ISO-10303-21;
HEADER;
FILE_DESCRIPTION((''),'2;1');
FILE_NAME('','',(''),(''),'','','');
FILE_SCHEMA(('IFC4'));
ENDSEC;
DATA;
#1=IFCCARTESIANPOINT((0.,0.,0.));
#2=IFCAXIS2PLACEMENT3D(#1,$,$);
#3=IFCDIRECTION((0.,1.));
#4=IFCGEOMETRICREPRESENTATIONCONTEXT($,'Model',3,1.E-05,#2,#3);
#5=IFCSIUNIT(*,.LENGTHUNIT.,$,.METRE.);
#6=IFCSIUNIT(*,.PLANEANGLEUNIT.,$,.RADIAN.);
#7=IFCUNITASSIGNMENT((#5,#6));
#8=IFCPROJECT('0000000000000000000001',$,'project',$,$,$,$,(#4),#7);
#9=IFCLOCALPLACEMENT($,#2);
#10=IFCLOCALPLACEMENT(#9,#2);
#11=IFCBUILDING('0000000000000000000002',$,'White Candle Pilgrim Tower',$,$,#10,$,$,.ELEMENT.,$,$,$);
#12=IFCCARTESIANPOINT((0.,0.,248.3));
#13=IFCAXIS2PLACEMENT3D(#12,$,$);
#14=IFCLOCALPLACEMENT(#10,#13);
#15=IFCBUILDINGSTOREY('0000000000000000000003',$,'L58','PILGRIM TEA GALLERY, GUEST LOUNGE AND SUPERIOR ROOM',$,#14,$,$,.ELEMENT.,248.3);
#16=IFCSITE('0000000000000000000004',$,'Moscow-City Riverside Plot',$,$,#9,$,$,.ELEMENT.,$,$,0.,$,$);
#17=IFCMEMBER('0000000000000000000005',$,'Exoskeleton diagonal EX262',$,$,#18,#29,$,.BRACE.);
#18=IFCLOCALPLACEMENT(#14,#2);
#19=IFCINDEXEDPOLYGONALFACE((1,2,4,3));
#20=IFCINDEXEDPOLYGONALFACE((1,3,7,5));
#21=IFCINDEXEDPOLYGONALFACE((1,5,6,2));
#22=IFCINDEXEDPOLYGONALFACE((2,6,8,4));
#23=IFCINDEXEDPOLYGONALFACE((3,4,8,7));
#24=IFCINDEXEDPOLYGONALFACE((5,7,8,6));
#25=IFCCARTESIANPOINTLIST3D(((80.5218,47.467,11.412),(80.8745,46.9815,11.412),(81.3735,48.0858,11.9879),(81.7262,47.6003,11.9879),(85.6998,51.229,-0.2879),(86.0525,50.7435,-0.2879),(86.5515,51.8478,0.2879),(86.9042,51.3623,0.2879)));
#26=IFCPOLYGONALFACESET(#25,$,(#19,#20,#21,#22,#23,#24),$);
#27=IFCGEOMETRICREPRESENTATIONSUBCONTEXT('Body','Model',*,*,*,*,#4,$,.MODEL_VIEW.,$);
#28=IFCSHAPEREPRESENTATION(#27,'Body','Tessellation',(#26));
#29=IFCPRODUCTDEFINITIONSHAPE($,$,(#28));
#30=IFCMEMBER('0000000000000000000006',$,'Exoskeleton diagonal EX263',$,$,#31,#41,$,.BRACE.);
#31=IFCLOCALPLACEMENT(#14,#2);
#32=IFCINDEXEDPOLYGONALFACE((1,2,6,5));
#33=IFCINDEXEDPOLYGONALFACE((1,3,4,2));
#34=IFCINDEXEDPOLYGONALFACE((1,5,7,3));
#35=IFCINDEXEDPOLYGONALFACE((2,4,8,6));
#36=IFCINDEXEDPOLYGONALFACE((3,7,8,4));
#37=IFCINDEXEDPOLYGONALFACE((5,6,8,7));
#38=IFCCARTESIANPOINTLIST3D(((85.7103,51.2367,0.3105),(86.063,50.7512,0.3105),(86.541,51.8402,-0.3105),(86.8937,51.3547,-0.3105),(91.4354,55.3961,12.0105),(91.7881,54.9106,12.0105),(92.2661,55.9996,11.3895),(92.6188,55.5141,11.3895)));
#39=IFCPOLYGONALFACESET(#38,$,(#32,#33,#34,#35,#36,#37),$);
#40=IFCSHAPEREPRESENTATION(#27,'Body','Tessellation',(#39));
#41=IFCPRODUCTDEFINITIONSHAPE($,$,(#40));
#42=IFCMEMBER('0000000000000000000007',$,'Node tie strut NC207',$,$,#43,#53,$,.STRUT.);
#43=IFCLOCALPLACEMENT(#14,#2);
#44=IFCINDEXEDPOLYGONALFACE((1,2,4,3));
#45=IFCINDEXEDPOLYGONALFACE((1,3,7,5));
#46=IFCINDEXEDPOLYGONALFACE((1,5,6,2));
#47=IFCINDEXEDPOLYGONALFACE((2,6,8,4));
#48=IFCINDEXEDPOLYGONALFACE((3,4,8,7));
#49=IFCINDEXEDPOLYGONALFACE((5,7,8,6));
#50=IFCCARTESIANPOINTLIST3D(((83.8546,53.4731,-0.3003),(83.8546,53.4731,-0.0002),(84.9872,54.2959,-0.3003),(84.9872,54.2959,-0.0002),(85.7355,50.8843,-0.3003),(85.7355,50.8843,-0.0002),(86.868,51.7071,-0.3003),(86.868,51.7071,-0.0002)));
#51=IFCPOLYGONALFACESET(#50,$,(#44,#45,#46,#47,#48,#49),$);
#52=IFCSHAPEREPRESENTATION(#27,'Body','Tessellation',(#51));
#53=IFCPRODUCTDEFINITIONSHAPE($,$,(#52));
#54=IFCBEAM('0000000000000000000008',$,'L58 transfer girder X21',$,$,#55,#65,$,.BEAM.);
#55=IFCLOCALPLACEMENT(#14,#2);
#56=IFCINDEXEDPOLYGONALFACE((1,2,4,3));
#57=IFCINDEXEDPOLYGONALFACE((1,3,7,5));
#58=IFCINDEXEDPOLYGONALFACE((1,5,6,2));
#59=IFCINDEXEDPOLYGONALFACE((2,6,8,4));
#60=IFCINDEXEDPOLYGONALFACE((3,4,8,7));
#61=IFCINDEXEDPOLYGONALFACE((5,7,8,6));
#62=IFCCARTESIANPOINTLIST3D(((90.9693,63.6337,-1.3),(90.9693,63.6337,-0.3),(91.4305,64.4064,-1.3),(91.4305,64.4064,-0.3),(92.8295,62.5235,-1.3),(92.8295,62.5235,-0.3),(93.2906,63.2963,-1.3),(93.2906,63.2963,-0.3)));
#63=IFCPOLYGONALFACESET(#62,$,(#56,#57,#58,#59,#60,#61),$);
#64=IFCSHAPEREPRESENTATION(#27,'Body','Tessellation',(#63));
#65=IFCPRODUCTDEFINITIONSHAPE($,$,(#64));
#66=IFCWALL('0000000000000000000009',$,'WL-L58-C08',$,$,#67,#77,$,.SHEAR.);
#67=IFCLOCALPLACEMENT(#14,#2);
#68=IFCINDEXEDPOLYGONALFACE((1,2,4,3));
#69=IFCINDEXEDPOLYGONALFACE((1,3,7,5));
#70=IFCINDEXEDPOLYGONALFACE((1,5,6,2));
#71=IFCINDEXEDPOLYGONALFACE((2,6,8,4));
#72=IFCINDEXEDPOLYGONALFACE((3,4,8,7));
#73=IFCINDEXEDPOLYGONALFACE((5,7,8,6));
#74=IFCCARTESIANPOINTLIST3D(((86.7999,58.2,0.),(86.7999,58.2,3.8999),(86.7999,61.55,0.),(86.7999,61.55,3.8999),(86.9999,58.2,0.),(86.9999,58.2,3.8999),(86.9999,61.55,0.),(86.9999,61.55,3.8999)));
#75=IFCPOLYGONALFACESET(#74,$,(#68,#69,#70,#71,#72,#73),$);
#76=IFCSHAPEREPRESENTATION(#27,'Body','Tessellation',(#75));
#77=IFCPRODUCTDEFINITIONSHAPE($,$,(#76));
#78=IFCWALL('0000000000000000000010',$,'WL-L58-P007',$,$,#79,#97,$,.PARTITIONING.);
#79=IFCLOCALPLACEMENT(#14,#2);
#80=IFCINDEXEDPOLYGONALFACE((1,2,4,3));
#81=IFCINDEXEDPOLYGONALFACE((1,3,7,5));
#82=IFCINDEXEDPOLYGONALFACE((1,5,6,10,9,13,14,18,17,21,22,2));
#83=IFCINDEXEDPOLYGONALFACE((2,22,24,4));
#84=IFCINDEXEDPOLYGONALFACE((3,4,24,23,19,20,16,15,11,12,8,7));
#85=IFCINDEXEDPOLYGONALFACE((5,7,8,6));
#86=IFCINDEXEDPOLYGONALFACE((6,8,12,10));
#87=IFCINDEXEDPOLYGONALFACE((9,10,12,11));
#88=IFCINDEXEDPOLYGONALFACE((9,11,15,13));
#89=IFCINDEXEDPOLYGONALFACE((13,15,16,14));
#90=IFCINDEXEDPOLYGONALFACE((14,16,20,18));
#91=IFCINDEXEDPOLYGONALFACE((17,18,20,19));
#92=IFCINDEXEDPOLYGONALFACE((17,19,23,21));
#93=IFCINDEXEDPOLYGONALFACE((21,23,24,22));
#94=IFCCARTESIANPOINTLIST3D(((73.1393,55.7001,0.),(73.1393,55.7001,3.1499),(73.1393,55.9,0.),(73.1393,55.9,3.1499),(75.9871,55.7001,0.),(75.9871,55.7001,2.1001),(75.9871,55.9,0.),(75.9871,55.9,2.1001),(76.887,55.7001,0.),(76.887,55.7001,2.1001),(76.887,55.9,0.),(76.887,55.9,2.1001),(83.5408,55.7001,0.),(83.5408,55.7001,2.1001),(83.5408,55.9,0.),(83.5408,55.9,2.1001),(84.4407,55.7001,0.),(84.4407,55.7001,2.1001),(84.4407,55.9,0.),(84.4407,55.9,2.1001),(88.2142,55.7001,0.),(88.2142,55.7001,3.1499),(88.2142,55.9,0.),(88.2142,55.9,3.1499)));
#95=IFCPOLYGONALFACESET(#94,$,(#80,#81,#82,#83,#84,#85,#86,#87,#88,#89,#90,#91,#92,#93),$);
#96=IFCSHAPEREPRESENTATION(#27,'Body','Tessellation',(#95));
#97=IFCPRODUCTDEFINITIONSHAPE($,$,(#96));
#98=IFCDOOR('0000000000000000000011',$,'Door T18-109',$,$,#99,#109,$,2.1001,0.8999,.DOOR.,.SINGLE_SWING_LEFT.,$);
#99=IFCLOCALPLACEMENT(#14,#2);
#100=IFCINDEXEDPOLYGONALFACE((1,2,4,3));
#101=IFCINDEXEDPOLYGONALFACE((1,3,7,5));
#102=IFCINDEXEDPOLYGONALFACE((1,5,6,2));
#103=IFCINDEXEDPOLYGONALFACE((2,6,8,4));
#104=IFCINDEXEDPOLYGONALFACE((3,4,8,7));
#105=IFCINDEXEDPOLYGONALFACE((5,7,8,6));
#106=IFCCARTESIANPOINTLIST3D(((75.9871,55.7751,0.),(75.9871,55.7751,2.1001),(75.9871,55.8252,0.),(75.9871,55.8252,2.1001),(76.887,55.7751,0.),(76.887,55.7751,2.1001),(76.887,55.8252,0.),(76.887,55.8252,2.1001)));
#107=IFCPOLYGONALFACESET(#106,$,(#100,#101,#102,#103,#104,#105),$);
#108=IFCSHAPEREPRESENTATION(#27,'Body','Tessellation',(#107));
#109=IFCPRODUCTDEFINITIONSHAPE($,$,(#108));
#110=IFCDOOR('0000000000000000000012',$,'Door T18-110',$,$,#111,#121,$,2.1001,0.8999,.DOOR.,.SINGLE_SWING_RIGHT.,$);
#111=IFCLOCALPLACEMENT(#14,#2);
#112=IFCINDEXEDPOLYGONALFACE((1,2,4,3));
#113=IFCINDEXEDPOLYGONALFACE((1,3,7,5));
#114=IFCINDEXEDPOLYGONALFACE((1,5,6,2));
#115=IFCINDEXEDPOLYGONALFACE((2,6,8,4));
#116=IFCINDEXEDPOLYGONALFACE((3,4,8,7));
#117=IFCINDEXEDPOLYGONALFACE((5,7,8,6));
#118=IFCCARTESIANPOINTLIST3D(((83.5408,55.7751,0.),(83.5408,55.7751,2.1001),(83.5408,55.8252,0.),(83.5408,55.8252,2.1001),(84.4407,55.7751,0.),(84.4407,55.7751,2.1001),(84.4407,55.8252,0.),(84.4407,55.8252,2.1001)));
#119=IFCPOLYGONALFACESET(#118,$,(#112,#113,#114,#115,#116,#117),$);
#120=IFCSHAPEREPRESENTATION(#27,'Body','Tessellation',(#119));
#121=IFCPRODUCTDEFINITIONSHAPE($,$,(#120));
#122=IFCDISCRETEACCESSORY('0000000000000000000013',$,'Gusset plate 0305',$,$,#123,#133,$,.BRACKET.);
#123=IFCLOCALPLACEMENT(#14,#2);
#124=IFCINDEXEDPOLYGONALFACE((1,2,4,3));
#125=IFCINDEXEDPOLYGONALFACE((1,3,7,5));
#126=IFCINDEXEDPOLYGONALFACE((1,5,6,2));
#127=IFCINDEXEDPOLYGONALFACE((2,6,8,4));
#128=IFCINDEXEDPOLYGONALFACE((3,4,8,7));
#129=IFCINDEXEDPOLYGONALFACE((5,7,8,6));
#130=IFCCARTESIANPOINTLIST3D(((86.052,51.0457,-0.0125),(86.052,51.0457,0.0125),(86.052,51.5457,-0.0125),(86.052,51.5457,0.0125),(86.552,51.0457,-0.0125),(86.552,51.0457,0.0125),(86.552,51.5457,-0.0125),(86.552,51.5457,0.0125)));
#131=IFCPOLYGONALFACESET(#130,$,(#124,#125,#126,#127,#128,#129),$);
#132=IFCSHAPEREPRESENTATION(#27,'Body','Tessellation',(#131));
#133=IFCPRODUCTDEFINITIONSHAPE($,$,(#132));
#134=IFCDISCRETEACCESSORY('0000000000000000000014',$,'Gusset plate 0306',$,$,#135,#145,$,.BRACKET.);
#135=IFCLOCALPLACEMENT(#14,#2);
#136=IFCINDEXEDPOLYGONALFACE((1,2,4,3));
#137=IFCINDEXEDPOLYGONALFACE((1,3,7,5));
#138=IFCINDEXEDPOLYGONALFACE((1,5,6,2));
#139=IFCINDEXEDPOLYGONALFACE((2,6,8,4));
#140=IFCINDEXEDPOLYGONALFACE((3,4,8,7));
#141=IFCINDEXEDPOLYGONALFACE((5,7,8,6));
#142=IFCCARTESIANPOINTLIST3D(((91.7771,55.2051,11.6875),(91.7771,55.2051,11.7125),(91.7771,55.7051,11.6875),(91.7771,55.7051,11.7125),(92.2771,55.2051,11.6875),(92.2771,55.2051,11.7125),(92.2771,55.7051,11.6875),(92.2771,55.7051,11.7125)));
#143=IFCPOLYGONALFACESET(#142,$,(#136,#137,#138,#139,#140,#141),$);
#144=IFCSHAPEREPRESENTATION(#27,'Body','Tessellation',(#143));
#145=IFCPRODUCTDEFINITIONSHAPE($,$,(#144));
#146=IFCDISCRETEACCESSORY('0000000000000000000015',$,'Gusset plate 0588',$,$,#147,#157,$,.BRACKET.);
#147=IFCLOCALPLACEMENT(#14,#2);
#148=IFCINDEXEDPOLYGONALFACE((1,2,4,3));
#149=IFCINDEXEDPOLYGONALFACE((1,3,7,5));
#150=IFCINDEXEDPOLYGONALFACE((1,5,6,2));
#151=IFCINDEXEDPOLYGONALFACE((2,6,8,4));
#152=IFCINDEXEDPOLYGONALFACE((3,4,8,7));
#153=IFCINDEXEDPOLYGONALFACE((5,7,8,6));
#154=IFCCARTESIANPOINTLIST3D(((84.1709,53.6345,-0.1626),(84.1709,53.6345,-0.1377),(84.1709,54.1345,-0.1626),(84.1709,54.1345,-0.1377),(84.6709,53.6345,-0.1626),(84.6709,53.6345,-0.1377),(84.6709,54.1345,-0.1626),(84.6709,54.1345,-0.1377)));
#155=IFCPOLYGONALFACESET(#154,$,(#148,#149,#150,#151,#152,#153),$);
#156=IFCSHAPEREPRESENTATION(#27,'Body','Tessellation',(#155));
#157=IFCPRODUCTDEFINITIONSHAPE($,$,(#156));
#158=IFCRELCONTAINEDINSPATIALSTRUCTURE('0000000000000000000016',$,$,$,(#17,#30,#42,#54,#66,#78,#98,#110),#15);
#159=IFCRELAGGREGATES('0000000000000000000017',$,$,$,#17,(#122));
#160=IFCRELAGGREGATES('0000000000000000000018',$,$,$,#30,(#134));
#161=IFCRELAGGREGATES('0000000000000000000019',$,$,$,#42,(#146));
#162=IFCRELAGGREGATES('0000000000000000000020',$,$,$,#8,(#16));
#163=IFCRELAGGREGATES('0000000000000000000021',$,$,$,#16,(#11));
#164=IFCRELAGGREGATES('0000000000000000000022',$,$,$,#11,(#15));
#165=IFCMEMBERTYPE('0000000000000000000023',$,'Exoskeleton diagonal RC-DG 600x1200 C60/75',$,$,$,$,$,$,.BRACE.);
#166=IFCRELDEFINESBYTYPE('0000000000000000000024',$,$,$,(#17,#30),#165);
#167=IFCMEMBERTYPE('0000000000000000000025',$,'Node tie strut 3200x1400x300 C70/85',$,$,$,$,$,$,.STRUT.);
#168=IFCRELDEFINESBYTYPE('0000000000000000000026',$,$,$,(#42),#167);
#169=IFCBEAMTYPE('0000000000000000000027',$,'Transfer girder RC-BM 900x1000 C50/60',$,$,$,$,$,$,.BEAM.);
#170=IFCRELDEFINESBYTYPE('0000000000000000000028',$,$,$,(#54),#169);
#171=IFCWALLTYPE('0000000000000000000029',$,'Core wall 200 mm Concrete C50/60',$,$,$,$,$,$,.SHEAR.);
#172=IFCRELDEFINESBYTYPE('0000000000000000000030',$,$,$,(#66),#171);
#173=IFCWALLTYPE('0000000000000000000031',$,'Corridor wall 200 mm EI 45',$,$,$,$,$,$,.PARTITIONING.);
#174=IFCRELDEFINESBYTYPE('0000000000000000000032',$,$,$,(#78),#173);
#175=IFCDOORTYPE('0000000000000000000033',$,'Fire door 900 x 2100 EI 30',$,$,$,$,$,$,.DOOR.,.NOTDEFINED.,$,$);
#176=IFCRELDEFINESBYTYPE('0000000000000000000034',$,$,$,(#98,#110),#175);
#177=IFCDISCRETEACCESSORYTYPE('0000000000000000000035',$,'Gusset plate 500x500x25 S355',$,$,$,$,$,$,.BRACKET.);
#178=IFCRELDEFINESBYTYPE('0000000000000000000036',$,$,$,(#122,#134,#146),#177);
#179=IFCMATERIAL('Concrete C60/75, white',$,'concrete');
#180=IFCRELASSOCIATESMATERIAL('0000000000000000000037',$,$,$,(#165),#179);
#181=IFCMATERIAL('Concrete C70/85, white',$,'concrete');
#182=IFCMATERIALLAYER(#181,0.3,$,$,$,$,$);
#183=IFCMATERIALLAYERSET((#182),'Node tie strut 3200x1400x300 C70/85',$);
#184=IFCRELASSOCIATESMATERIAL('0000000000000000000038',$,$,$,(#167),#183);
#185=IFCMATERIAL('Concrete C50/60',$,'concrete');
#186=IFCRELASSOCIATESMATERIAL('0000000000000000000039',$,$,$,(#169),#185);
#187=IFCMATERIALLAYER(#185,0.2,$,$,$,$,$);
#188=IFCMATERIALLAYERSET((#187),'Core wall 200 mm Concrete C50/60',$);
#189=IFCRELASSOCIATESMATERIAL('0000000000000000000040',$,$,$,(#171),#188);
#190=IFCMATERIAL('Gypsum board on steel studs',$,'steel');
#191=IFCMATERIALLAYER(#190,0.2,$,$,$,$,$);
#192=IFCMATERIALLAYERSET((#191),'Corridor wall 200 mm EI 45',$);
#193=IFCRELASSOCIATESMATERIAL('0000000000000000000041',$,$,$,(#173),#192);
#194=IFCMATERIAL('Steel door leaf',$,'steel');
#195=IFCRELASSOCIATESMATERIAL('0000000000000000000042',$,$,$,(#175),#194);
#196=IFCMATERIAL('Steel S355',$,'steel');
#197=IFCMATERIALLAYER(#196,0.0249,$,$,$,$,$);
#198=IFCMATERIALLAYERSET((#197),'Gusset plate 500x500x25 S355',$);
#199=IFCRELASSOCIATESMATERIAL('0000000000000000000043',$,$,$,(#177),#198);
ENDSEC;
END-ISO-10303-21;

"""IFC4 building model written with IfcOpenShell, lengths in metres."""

from ifc_helpers import new_model, si_unit, direction, frame, frame_2d, origin, origin_2d, place, context, subcontext, project, spatial, rectangle, extrude, material, layer, layer_set, material_profile, profile_set, type_object, element, fill, aggregate, save


model = new_model("IFC4")

# Units and contexts
model_context = context("Model", 3, precision=1e-05, world=origin(), true_north=direction((0.0, 1.0)))
body_context = subcontext(model_context, "Body", "Model", "MODEL_VIEW")
ifc_project = project(units=[si_unit("LENGTHUNIT", "METRE"), si_unit("PLANEANGLEUNIT", "RADIAN")], contexts=[model_context])

# Site, building, storey
site_placement = place(None, origin())
site = spatial("IfcSite", under=ifc_project, at=site_placement, Name="Moscow-City Riverside Plot", CompositionType="ELEMENT", RefElevation=0.0)
building_placement = place(site_placement, origin())
building = spatial("IfcBuilding", under=site, at=building_placement, Name="White Candle Pilgrim Tower", CompositionType="ELEMENT")
storey_placement = place(building_placement, frame((0.0, 0.0, 248.3)))
storey = spatial("IfcBuildingStorey", under=building, at=storey_placement, Name="L58", Description="PILGRIM TEA GALLERY, GUEST LOUNGE AND SUPERIOR ROOM", CompositionType="ELEMENT", Elevation=248.3)

# Members
ifc_material_1 = material(Name="Concrete C60/75, white", Category="concrete")
ifc_material_profile_1 = material_profile(ifc_material_1, rectangle(XDim=0.6001, YDim=1.2, at=origin_2d()), Name="RC-DG 600x1200")
ifc_profile_set_1 = profile_set([ifc_material_profile_1], Name="Concrete C60/75, white")
member_type_1 = type_object("IfcMemberType", Name="Exoskeleton diagonal RC-DG 600x1200 C60/75", PredefinedType="BRACE", material=ifc_profile_set_1)
member_1_placement = place(storey_placement, frame((86.302, 51.2957, 0.0), z_axis=(-0.388267, -0.282088, 0.877312), x_axis=(0.587779, -0.809021, 0.0)))
member_1 = element("IfcMember", 1, at=member_1_placement, inside=storey, type_object=member_type_1, Name="Exoskeleton diagonal EX262", PredefinedType="BRACE", context=body_context, shape_type="SweptSolid", body=[
    extrude(rectangle(XDim=0.6001, YDim=1.2, at=origin_2d()), origin(), (0.0, 0.0, 1.0), 13.3362),
])
member_2_placement = place(storey_placement, frame((86.302, 51.2957, 0.0), z_axis=(0.418698, 0.304195, 0.855662), x_axis=(-0.587776, 0.809024, 0.0)))
member_2 = element("IfcMember", 2, at=member_2_placement, inside=storey, type_object=member_type_1, Name="Exoskeleton diagonal EX263", PredefinedType="BRACE", context=body_context, shape_type="SweptSolid", body=[
    extrude(rectangle(XDim=0.6001, YDim=1.2, at=origin_2d()), origin(), (0.0, 0.0, 1.0), 13.6736),
])
ifc_material_2 = material(Name="Concrete C70/85, white", Category="concrete")
ifc_layer_1 = layer(ifc_material_2, 0.3)
ifc_layer_set_1 = layer_set([ifc_layer_1], Name="Node tie strut 3200x1400x300 C70/85")
member_type_2 = type_object("IfcMemberType", Name="Node tie strut 3200x1400x300 C70/85", PredefinedType="STRUT", material=ifc_layer_set_1)
member_3_placement = place(storey_placement, frame((85.3613, 52.5901, -0.3003), z_axis=(0.0, 0.0, 1.0), x_axis=(0.809017, 0.587785, 0.0)))
member_3 = element("IfcMember", 3, at=member_3_placement, inside=storey, type_object=member_type_2, Name="Node tie strut NC207", PredefinedType="STRUT", context=body_context, shape_type="SweptSolid", body=[
    extrude(rectangle(XDim=1.3999, YDim=3.2, at=origin_2d()), origin(), (0.0, 0.0, 1.0), 0.3),
])

# Beam
ifc_material_3 = material(Name="Concrete C50/60", Category="concrete")
ifc_material_profile_2 = material_profile(ifc_material_3, rectangle(XDim=0.8999, YDim=1.0, at=origin_2d()), Name="RC-BM 900x1000")
ifc_profile_set_2 = profile_set([ifc_material_profile_2], Name="Concrete C50/60")
beam_type = type_object("IfcBeamType", Name="Transfer girder RC-BM 900x1000 C50/60", PredefinedType="BEAM", material=ifc_profile_set_2)
beam_placement = place(storey_placement, frame((93.0601, 62.9099, -0.8), z_axis=(-0.858704, 0.512472, 0.0), x_axis=(-0.512472, -0.858704, 0.0)))
element("IfcBeam", 4, at=beam_placement, inside=storey, type_object=beam_type, Name="L58 transfer girder X21", PredefinedType="BEAM", context=body_context, shape_type="SweptSolid", body=[
    extrude(rectangle(XDim=0.8999, YDim=1.0, at=origin_2d()), origin(), (0.0, 0.0, 1.0), 2.1663),
])

# Wall
ifc_layer_2 = layer(ifc_material_3, 0.2)
ifc_layer_set_2 = layer_set([ifc_layer_2], Name="Core wall 200 mm Concrete C50/60")
wall_type_1 = type_object("IfcWallType", Name="Core wall 200 mm Concrete C50/60", PredefinedType="SHEAR", material=ifc_layer_set_2)
wall_1_placement = place(storey_placement, frame((86.8999, 58.2, 0.0), z_axis=(0.0, 0.0, 1.0), x_axis=(0.0, 1.0, 0.0)))
element("IfcWall", 5, at=wall_1_placement, inside=storey, type_object=wall_type_1, Name="WL-L58-C08", PredefinedType="SHEAR", context=body_context, shape_type="SweptSolid", body=[
    extrude(rectangle(XDim=3.3501, YDim=0.2, at=frame_2d((1.675, 0.0))), origin(), (0.0, 0.0, 1.0), 3.8999),
])

# Wall, openings, doors
ifc_material_4 = material(Name="Gypsum board on steel studs", Category="steel")
ifc_layer_3 = layer(ifc_material_4, 0.2)
ifc_layer_set_3 = layer_set([ifc_layer_3], Name="Corridor wall 200 mm EI 45")
wall_type_2 = type_object("IfcWallType", Name="Corridor wall 200 mm EI 45", PredefinedType="PARTITIONING", material=ifc_layer_set_3)
wall_2_placement = place(storey_placement, frame((88.2144, 55.8, 0.0), z_axis=(0.0, 0.0, 1.0), x_axis=(-1.0, 0.0, 0.0)))
wall_2 = element("IfcWall", 6, at=wall_2_placement, inside=storey, type_object=wall_type_2, Name="WL-L58-P007", PredefinedType="PARTITIONING", context=body_context, shape_type="SweptSolid", body=[
    extrude(rectangle(XDim=15.075, YDim=0.2, at=frame_2d((7.5376, 0.0))), origin(), (0.0, 0.0, 1.0), 3.1499),
])
opening_1_placement = place(wall_2_placement, frame((11.3274, 0.0, 0.0)))
opening_1 = element("IfcOpeningElement", 7, at=opening_1_placement, cuts=wall_2, PredefinedType="OPENING", context=body_context, shape_type="SweptSolid", body=[
    extrude(rectangle(XDim=0.8999, YDim=2.1001, at=frame_2d((0.45, 1.05))), frame((0.0, 0.1099, 0.0), z_axis=(0.0, -1.0, 0.0), x_axis=(1.0, 0.0, 0.0)), (0.0, 0.0, 1.0), 0.22),
])
opening_2_placement = place(wall_2_placement, frame((3.7737, 0.0, 0.0)))
opening_2 = element("IfcOpeningElement", 8, at=opening_2_placement, cuts=wall_2, PredefinedType="OPENING", context=body_context, shape_type="SweptSolid", body=[
    extrude(rectangle(XDim=0.8999, YDim=2.1001, at=frame_2d((0.45, 1.05))), frame((0.0, 0.1099, 0.0), z_axis=(0.0, -1.0, 0.0), x_axis=(1.0, 0.0, 0.0)), (0.0, 0.0, 1.0), 0.22),
])
ifc_material_5 = material(Name="Steel door leaf", Category="steel")
door_type_1 = type_object("IfcDoorType", Name="Fire door 900 x 2100 EI 30", OperationType="NOTDEFINED", PredefinedType="DOOR", material=ifc_material_5)
door_1_placement = place(opening_1_placement, origin())
door_1 = element("IfcDoor", 9, at=door_1_placement, inside=storey, type_object=door_type_1, Name="Door T18-109", OperationType="SINGLE_SWING_LEFT", OverallHeight=2.1001, OverallWidth=0.8999, PredefinedType="DOOR", context=body_context, shape_type="SweptSolid", body=[
    extrude(rectangle(XDim=0.8999, YDim=2.1001, at=frame_2d((0.45, 1.05))), frame((0.0, 0.0249, 0.0), z_axis=(0.0, -1.0, 0.0), x_axis=(1.0, 0.0, 0.0)), (0.0, 0.0, 1.0), 0.05),
])
fill(opening_1, door_1)
door_2_placement = place(opening_2_placement, origin())
door_2 = element("IfcDoor", 10, at=door_2_placement, inside=storey, type_object=door_type_1, Name="Door T18-110", OperationType="SINGLE_SWING_RIGHT", OverallHeight=2.1001, OverallWidth=0.8999, PredefinedType="DOOR", context=body_context, shape_type="SweptSolid", body=[
    extrude(rectangle(XDim=0.8999, YDim=2.1001, at=frame_2d((0.45, 1.05))), frame((0.0, 0.0249, 0.0), z_axis=(0.0, -1.0, 0.0), x_axis=(1.0, 0.0, 0.0)), (0.0, 0.0, 1.0), 0.05),
])
fill(opening_2, door_2)

# Discrete accessories
ifc_material_6 = material(Name="Steel S355", Category="steel")
ifc_layer_4 = layer(ifc_material_6, 0.0249)
ifc_layer_set_4 = layer_set([ifc_layer_4], Name="Gusset plate 500x500x25 S355")
discrete_accessory_type = type_object("IfcDiscreteAccessoryType", Name="Gusset plate 500x500x25 S355", PredefinedType="BRACKET", material=ifc_layer_set_4)
discrete_accessory_1_placement = place(storey_placement, frame((86.302, 51.2957, -0.0125), z_axis=(0.0, 0.0, 1.0), x_axis=(1.0, 0.0, 0.0)))
discrete_accessory_1 = element("IfcDiscreteAccessory", 11, at=discrete_accessory_1_placement, type_object=discrete_accessory_type, Name="Gusset plate 0305", PredefinedType="BRACKET", context=body_context, shape_type="SweptSolid", body=[
    extrude(rectangle(XDim=0.5, YDim=0.5, at=origin_2d()), origin(), (0.0, 0.0, 1.0), 0.0249),
])
aggregate(member_1, [discrete_accessory_1])
placement = place(building_placement, frame((0.0, 0.0, 260.0)))
discrete_accessory_2_placement = place(placement, frame((92.0271, 55.4551, -0.0125), z_axis=(0.0, 0.0, 1.0), x_axis=(1.0, 0.0, 0.0)))
discrete_accessory_2 = element("IfcDiscreteAccessory", 12, at=discrete_accessory_2_placement, type_object=discrete_accessory_type, Name="Gusset plate 0306", PredefinedType="BRACKET", context=body_context, shape_type="SweptSolid", body=[
    extrude(rectangle(XDim=0.5, YDim=0.5, at=origin_2d()), origin(), (0.0, 0.0, 1.0), 0.0249),
])
aggregate(member_2, [discrete_accessory_2])
discrete_accessory_3_placement = place(storey_placement, frame((84.4209, 53.8845, -0.1626), z_axis=(0.0, 0.0, 1.0), x_axis=(1.0, 0.0, 0.0)))
discrete_accessory_3 = element("IfcDiscreteAccessory", 13, at=discrete_accessory_3_placement, type_object=discrete_accessory_type, Name="Gusset plate 0588", PredefinedType="BRACKET", context=body_context, shape_type="SweptSolid", body=[
    extrude(rectangle(XDim=0.5, YDim=0.5, at=origin_2d()), origin(), (0.0, 0.0, 1.0), 0.0249),
])
aggregate(member_3, [discrete_accessory_3])

save(model, "model.ifc")
